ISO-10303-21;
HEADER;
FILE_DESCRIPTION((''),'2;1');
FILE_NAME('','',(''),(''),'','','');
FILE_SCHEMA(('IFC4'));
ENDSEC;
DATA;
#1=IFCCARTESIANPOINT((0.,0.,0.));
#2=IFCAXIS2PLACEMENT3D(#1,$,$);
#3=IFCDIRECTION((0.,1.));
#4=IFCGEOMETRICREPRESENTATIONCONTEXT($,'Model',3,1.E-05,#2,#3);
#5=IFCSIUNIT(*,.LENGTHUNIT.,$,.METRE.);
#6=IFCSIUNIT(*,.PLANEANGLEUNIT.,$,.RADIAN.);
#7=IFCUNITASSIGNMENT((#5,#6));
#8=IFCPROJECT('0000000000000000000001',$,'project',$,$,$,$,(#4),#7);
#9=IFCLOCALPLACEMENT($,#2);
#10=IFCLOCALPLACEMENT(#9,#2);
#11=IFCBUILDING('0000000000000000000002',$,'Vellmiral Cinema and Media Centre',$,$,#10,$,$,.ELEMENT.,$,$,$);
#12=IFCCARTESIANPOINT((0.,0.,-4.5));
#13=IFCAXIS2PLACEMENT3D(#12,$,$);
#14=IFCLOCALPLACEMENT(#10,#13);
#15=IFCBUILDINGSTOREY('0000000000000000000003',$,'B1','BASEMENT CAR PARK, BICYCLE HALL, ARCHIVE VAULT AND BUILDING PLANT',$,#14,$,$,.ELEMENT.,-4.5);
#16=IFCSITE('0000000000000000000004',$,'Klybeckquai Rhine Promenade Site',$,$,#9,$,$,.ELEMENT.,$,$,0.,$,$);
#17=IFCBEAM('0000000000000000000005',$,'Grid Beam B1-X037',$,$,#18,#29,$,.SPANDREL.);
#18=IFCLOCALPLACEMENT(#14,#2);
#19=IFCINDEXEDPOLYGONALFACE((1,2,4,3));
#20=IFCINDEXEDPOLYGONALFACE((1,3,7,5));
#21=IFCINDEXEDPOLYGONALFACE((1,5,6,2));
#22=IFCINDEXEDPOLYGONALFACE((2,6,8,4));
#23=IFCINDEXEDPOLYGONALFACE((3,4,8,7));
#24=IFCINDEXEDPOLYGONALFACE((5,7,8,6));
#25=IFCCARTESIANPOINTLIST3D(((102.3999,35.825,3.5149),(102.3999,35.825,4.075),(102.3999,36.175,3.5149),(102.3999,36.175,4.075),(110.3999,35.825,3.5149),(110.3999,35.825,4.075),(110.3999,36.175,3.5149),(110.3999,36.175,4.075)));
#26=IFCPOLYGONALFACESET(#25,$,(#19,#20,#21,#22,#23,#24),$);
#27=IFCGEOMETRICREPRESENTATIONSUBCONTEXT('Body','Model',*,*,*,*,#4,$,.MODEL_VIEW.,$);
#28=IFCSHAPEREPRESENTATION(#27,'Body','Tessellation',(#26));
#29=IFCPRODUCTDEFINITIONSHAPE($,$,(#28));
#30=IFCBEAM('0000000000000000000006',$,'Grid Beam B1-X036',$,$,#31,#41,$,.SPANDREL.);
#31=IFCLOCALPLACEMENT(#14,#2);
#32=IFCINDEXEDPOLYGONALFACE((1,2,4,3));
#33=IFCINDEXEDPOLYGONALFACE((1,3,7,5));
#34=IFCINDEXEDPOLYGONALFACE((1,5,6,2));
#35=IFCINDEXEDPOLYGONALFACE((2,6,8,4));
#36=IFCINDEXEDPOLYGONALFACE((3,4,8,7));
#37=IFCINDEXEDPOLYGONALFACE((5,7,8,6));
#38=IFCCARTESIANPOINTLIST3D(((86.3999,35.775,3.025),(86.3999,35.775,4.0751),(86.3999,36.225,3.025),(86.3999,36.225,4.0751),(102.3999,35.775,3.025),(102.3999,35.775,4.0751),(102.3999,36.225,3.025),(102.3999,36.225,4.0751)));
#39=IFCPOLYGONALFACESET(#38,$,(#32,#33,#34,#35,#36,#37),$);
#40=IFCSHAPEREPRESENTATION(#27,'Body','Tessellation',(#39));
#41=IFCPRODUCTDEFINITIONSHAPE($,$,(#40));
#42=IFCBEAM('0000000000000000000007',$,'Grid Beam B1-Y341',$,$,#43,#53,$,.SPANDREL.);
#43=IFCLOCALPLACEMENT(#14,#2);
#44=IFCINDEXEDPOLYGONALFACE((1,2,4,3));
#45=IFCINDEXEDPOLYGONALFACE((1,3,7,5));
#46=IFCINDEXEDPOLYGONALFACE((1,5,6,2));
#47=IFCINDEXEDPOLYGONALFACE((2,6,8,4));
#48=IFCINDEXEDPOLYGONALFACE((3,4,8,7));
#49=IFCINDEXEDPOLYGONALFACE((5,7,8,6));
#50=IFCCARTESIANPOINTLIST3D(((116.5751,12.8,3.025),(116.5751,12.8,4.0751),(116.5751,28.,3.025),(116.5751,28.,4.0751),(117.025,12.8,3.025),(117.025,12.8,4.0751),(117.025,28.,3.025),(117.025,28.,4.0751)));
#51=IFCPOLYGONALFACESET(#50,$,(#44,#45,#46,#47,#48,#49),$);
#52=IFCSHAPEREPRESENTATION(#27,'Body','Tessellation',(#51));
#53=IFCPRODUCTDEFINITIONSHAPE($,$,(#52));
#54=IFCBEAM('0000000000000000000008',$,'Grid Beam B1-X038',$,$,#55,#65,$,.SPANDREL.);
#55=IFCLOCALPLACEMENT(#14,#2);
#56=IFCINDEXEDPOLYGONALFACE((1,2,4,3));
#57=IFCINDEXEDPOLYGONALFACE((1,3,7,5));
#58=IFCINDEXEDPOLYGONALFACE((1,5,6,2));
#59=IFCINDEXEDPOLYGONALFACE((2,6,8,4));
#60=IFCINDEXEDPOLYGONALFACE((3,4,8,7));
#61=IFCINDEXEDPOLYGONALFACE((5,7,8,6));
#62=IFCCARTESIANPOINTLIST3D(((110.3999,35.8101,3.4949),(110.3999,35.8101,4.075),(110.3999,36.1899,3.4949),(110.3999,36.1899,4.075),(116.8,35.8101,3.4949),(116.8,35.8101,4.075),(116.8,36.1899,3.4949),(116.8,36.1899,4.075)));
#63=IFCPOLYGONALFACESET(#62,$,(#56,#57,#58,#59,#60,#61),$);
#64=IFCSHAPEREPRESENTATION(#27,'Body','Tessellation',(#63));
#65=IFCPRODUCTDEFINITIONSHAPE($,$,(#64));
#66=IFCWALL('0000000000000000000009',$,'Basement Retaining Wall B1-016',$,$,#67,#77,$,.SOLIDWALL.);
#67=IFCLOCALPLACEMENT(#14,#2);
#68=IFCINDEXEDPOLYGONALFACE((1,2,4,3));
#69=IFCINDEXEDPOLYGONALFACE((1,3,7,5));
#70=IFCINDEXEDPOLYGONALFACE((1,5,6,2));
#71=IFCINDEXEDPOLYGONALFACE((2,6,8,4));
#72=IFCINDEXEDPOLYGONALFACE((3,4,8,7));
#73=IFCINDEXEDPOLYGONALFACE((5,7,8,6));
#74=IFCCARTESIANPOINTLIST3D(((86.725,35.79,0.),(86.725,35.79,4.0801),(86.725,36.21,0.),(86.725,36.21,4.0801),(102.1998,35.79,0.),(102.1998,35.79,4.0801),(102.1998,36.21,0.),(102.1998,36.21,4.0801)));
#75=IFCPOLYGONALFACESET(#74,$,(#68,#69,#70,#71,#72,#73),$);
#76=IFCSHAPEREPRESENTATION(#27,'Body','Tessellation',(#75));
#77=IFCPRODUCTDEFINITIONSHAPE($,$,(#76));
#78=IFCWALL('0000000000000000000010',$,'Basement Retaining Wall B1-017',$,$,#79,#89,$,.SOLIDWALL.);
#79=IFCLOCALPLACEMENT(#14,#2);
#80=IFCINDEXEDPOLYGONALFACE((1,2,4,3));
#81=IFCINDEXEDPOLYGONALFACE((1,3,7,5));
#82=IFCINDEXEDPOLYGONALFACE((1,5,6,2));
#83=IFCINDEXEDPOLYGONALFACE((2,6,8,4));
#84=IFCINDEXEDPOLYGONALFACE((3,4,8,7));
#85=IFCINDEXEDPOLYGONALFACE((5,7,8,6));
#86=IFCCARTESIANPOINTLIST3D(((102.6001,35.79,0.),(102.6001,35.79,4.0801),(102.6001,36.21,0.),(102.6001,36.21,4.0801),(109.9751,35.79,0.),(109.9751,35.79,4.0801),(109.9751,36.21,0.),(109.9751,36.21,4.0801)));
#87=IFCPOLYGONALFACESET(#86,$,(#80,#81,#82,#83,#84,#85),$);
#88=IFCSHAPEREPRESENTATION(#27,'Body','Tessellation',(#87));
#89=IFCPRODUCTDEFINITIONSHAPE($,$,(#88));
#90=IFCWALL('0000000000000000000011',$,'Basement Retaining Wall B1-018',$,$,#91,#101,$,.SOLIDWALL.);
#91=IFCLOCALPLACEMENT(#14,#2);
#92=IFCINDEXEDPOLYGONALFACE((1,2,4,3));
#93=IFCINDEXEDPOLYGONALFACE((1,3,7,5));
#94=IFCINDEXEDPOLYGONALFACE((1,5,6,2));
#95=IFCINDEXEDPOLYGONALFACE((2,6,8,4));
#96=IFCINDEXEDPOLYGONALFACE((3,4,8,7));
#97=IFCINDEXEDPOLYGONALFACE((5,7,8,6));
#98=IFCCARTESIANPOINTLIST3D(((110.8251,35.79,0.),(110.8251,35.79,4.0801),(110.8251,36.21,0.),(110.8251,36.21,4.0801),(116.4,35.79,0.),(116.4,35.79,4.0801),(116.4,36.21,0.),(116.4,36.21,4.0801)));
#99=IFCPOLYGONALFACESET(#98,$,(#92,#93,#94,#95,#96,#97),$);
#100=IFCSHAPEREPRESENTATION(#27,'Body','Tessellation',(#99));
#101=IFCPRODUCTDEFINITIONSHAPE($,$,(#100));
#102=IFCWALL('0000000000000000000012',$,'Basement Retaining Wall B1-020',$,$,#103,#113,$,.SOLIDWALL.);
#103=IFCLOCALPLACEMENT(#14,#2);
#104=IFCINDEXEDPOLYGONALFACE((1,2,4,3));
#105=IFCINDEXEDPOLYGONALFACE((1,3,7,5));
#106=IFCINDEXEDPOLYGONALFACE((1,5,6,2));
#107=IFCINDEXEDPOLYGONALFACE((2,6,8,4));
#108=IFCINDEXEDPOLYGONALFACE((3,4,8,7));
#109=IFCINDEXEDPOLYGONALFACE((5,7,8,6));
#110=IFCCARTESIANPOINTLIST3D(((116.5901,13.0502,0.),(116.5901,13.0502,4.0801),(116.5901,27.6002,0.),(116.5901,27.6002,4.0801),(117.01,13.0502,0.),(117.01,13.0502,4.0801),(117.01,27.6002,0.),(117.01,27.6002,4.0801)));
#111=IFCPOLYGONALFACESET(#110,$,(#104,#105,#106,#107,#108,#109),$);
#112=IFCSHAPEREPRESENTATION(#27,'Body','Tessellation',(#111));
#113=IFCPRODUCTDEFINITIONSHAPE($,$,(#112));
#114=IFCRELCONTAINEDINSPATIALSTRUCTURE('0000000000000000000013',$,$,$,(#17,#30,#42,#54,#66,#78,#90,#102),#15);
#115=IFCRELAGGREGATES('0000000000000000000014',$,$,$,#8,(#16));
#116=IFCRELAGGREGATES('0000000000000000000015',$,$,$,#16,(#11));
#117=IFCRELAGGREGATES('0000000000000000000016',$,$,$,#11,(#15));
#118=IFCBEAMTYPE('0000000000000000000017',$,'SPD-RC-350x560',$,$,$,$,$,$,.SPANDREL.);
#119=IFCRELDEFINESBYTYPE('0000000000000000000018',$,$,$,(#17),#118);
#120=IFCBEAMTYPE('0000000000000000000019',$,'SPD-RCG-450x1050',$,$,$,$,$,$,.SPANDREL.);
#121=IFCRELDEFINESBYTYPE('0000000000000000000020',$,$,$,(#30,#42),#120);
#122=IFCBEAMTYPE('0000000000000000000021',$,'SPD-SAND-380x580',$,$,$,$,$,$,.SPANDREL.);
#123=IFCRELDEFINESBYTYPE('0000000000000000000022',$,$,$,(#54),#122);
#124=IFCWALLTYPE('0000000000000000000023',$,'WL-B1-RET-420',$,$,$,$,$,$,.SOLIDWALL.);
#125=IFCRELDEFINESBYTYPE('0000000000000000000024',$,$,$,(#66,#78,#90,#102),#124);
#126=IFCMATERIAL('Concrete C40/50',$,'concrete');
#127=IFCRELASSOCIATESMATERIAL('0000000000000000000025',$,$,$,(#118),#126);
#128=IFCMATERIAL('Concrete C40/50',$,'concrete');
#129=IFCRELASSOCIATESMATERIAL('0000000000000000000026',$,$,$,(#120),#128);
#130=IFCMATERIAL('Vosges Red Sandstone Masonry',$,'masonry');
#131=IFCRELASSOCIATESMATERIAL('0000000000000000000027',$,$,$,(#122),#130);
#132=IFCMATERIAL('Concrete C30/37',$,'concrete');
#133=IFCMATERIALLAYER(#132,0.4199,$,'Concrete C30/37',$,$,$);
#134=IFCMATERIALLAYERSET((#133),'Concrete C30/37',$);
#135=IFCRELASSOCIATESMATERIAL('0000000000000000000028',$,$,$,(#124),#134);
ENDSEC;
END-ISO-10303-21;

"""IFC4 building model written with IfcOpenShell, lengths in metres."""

from ifc_helpers import new_model, si_unit, direction, frame, frame_2d, origin, origin_2d, place, context, subcontext, project, spatial, rectangle, extrude, material, layer, layer_set, material_profile, profile_set, type_object, element, save


model = new_model("IFC4")

# Units and contexts
model_context = context("Model", 3, precision=1e-05, world=origin(), true_north=direction((0.0, 1.0)))
body_context = subcontext(model_context, "Body", "Model", "MODEL_VIEW")
ifc_project = project(units=[si_unit("LENGTHUNIT", "METRE"), si_unit("PLANEANGLEUNIT", "RADIAN")], contexts=[model_context])

# Site, building, storey
site_placement = place(None, origin())
site = spatial("IfcSite", under=ifc_project, at=site_placement, Name="Klybeckquai Rhine Promenade Site", CompositionType="ELEMENT", RefElevation=0.0)
building_placement = place(site_placement, origin())
building = spatial("IfcBuilding", under=site, at=building_placement, Name="Vellmiral Cinema and Media Centre", CompositionType="ELEMENT")
storey_placement = place(building_placement, frame((0.0, 0.0, -4.5)))
storey = spatial("IfcBuildingStorey", under=building, at=storey_placement, Name="B1", Description="BASEMENT CAR PARK, BICYCLE HALL, ARCHIVE VAULT AND BUILDING PLANT", CompositionType="ELEMENT", Elevation=-4.5)

# Beams
ifc_material_1 = material(Name="Concrete C40/50", Category="concrete")
ifc_material_profile_1 = material_profile(ifc_material_1, rectangle(XDim=0.3501, YDim=0.5601, at=origin_2d()), Name="RC 350x560")
ifc_profile_set_1 = profile_set([ifc_material_profile_1], Name="Concrete C40/50")
beam_type_1 = type_object("IfcBeamType", Name="SPD-RC-350x560", PredefinedType="SPANDREL", material=ifc_profile_set_1)
beam_1_placement = place(storey_placement, frame((102.3999, 36.0, 3.7949), z_axis=(1.0, 0.0, 0.0), x_axis=(0.0, 1.0, 0.0)))
element("IfcBeam", 1, at=beam_1_placement, inside=storey, type_object=beam_type_1, Name="Grid Beam B1-X037", PredefinedType="SPANDREL", context=body_context, shape_type="SweptSolid", body=[
    extrude(rectangle(XDim=0.3501, YDim=0.5601, at=origin_2d()), origin(), (0.0, 0.0, 1.0), 8.0),
])
ifc_material_2 = material(Name="Concrete C40/50", Category="concrete")
ifc_material_profile_2 = material_profile(ifc_material_2, rectangle(XDim=0.45, YDim=1.05, at=origin_2d()), Name="RC 450x1050")
ifc_profile_set_2 = profile_set([ifc_material_profile_2], Name="Concrete C40/50")
beam_type_2 = type_object("IfcBeamType", Name="SPD-RCG-450x1050", PredefinedType="SPANDREL", material=ifc_profile_set_2)
beam_2_placement = place(storey_placement, frame((86.3999, 36.0, 3.55), z_axis=(1.0, 0.0, 0.0), x_axis=(0.0, 1.0, 0.0)))
element("IfcBeam", 2, at=beam_2_placement, inside=storey, type_object=beam_type_2, Name="Grid Beam B1-X036", PredefinedType="SPANDREL", context=body_context, shape_type="SweptSolid", body=[
    extrude(rectangle(XDim=0.45, YDim=1.05, at=origin_2d()), origin(), (0.0, 0.0, 1.0), 16.0),
])
beam_3_placement = place(storey_placement, frame((116.8, 12.8, 3.55), z_axis=(0.0, 1.0, 0.0), x_axis=(-1.0, 0.0, 0.0)))
element("IfcBeam", 3, at=beam_3_placement, inside=storey, type_object=beam_type_2, Name="Grid Beam B1-Y341", PredefinedType="SPANDREL", context=body_context, shape_type="SweptSolid", body=[
    extrude(rectangle(XDim=0.45, YDim=1.05, at=origin_2d()), origin(), (0.0, 0.0, 1.0), 15.2),
])
ifc_material_3 = material(Name="Vosges Red Sandstone Masonry", Category="masonry")
ifc_material_profile_3 = material_profile(ifc_material_3, rectangle(XDim=0.3799, YDim=0.5801, at=origin_2d()), Name="SAND 380x580")
ifc_profile_set_3 = profile_set([ifc_material_profile_3], Name="Vosges Red Sandstone Masonry")
beam_type_3 = type_object("IfcBeamType", Name="SPD-SAND-380x580", PredefinedType="SPANDREL", material=ifc_profile_set_3)
beam_4_placement = place(storey_placement, frame((110.3999, 36.0, 3.7849), z_axis=(1.0, 0.0, 0.0), x_axis=(0.0, 1.0, 0.0)))
element("IfcBeam", 4, at=beam_4_placement, inside=storey, type_object=beam_type_3, Name="Grid Beam B1-X038", PredefinedType="SPANDREL", context=body_context, shape_type="SweptSolid", body=[
    extrude(rectangle(XDim=0.3799, YDim=0.5801, at=origin_2d()), origin(), (0.0, 0.0, 1.0), 6.4001),
])

# Walls
ifc_material_4 = material(Name="Concrete C30/37", Category="concrete")
ifc_layer = layer(ifc_material_4, 0.4199, Name="Concrete C30/37")
ifc_layer_set = layer_set([ifc_layer], Name="Concrete C30/37")
wall_type = type_object("IfcWallType", Name="WL-B1-RET-420", PredefinedType="SOLIDWALL", material=ifc_layer_set)
wall_1_placement = place(storey_placement, frame((86.7251, 36.0, 0.0), z_axis=(0.0, 0.0, 1.0), x_axis=(1.0, 0.0, 0.0)))
element("IfcWall", 5, at=wall_1_placement, inside=storey, type_object=wall_type, Name="Basement Retaining Wall B1-016", PredefinedType="SOLIDWALL", context=body_context, shape_type="SweptSolid", body=[
    extrude(rectangle(XDim=15.4749, YDim=0.4199, at=frame_2d((7.7373, 0.0))), origin(), (0.0, 0.0, 1.0), 4.0801),
])
wall_2_placement = place(storey_placement, frame((102.6001, 36.0, 0.0), z_axis=(0.0, 0.0, 1.0), x_axis=(1.0, 0.0, 0.0)))
element("IfcWall", 6, at=wall_2_placement, inside=storey, type_object=wall_type, Name="Basement Retaining Wall B1-017", PredefinedType="SOLIDWALL", context=body_context, shape_type="SweptSolid", body=[
    extrude(rectangle(XDim=7.375, YDim=0.4199, at=frame_2d((3.6875, 0.0))), origin(), (0.0, 0.0, 1.0), 4.0801),
])
wall_3_placement = place(storey_placement, frame((110.825, 36.0, 0.0), z_axis=(0.0, 0.0, 1.0), x_axis=(1.0, 0.0, 0.0)))
element("IfcWall", 7, at=wall_3_placement, inside=storey, type_object=wall_type, Name="Basement Retaining Wall B1-018", PredefinedType="SOLIDWALL", context=body_context, shape_type="SweptSolid", body=[
    extrude(rectangle(XDim=5.575, YDim=0.4199, at=frame_2d((2.7876, 0.0))), origin(), (0.0, 0.0, 1.0), 4.0801),
])
wall_4_placement = place(storey_placement, frame((116.8, 27.6001, 0.0), z_axis=(0.0, 0.0, 1.0), x_axis=(0.0, -1.0, 0.0)))
element("IfcWall", 8, at=wall_4_placement, inside=storey, type_object=wall_type, Name="Basement Retaining Wall B1-020", PredefinedType="SOLIDWALL", context=body_context, shape_type="SweptSolid", body=[
    extrude(rectangle(XDim=14.55, YDim=0.4199, at=frame_2d((7.2749, 0.0))), origin(), (0.0, 0.0, 1.0), 4.0801),
])

save(model, "model.ifc")
